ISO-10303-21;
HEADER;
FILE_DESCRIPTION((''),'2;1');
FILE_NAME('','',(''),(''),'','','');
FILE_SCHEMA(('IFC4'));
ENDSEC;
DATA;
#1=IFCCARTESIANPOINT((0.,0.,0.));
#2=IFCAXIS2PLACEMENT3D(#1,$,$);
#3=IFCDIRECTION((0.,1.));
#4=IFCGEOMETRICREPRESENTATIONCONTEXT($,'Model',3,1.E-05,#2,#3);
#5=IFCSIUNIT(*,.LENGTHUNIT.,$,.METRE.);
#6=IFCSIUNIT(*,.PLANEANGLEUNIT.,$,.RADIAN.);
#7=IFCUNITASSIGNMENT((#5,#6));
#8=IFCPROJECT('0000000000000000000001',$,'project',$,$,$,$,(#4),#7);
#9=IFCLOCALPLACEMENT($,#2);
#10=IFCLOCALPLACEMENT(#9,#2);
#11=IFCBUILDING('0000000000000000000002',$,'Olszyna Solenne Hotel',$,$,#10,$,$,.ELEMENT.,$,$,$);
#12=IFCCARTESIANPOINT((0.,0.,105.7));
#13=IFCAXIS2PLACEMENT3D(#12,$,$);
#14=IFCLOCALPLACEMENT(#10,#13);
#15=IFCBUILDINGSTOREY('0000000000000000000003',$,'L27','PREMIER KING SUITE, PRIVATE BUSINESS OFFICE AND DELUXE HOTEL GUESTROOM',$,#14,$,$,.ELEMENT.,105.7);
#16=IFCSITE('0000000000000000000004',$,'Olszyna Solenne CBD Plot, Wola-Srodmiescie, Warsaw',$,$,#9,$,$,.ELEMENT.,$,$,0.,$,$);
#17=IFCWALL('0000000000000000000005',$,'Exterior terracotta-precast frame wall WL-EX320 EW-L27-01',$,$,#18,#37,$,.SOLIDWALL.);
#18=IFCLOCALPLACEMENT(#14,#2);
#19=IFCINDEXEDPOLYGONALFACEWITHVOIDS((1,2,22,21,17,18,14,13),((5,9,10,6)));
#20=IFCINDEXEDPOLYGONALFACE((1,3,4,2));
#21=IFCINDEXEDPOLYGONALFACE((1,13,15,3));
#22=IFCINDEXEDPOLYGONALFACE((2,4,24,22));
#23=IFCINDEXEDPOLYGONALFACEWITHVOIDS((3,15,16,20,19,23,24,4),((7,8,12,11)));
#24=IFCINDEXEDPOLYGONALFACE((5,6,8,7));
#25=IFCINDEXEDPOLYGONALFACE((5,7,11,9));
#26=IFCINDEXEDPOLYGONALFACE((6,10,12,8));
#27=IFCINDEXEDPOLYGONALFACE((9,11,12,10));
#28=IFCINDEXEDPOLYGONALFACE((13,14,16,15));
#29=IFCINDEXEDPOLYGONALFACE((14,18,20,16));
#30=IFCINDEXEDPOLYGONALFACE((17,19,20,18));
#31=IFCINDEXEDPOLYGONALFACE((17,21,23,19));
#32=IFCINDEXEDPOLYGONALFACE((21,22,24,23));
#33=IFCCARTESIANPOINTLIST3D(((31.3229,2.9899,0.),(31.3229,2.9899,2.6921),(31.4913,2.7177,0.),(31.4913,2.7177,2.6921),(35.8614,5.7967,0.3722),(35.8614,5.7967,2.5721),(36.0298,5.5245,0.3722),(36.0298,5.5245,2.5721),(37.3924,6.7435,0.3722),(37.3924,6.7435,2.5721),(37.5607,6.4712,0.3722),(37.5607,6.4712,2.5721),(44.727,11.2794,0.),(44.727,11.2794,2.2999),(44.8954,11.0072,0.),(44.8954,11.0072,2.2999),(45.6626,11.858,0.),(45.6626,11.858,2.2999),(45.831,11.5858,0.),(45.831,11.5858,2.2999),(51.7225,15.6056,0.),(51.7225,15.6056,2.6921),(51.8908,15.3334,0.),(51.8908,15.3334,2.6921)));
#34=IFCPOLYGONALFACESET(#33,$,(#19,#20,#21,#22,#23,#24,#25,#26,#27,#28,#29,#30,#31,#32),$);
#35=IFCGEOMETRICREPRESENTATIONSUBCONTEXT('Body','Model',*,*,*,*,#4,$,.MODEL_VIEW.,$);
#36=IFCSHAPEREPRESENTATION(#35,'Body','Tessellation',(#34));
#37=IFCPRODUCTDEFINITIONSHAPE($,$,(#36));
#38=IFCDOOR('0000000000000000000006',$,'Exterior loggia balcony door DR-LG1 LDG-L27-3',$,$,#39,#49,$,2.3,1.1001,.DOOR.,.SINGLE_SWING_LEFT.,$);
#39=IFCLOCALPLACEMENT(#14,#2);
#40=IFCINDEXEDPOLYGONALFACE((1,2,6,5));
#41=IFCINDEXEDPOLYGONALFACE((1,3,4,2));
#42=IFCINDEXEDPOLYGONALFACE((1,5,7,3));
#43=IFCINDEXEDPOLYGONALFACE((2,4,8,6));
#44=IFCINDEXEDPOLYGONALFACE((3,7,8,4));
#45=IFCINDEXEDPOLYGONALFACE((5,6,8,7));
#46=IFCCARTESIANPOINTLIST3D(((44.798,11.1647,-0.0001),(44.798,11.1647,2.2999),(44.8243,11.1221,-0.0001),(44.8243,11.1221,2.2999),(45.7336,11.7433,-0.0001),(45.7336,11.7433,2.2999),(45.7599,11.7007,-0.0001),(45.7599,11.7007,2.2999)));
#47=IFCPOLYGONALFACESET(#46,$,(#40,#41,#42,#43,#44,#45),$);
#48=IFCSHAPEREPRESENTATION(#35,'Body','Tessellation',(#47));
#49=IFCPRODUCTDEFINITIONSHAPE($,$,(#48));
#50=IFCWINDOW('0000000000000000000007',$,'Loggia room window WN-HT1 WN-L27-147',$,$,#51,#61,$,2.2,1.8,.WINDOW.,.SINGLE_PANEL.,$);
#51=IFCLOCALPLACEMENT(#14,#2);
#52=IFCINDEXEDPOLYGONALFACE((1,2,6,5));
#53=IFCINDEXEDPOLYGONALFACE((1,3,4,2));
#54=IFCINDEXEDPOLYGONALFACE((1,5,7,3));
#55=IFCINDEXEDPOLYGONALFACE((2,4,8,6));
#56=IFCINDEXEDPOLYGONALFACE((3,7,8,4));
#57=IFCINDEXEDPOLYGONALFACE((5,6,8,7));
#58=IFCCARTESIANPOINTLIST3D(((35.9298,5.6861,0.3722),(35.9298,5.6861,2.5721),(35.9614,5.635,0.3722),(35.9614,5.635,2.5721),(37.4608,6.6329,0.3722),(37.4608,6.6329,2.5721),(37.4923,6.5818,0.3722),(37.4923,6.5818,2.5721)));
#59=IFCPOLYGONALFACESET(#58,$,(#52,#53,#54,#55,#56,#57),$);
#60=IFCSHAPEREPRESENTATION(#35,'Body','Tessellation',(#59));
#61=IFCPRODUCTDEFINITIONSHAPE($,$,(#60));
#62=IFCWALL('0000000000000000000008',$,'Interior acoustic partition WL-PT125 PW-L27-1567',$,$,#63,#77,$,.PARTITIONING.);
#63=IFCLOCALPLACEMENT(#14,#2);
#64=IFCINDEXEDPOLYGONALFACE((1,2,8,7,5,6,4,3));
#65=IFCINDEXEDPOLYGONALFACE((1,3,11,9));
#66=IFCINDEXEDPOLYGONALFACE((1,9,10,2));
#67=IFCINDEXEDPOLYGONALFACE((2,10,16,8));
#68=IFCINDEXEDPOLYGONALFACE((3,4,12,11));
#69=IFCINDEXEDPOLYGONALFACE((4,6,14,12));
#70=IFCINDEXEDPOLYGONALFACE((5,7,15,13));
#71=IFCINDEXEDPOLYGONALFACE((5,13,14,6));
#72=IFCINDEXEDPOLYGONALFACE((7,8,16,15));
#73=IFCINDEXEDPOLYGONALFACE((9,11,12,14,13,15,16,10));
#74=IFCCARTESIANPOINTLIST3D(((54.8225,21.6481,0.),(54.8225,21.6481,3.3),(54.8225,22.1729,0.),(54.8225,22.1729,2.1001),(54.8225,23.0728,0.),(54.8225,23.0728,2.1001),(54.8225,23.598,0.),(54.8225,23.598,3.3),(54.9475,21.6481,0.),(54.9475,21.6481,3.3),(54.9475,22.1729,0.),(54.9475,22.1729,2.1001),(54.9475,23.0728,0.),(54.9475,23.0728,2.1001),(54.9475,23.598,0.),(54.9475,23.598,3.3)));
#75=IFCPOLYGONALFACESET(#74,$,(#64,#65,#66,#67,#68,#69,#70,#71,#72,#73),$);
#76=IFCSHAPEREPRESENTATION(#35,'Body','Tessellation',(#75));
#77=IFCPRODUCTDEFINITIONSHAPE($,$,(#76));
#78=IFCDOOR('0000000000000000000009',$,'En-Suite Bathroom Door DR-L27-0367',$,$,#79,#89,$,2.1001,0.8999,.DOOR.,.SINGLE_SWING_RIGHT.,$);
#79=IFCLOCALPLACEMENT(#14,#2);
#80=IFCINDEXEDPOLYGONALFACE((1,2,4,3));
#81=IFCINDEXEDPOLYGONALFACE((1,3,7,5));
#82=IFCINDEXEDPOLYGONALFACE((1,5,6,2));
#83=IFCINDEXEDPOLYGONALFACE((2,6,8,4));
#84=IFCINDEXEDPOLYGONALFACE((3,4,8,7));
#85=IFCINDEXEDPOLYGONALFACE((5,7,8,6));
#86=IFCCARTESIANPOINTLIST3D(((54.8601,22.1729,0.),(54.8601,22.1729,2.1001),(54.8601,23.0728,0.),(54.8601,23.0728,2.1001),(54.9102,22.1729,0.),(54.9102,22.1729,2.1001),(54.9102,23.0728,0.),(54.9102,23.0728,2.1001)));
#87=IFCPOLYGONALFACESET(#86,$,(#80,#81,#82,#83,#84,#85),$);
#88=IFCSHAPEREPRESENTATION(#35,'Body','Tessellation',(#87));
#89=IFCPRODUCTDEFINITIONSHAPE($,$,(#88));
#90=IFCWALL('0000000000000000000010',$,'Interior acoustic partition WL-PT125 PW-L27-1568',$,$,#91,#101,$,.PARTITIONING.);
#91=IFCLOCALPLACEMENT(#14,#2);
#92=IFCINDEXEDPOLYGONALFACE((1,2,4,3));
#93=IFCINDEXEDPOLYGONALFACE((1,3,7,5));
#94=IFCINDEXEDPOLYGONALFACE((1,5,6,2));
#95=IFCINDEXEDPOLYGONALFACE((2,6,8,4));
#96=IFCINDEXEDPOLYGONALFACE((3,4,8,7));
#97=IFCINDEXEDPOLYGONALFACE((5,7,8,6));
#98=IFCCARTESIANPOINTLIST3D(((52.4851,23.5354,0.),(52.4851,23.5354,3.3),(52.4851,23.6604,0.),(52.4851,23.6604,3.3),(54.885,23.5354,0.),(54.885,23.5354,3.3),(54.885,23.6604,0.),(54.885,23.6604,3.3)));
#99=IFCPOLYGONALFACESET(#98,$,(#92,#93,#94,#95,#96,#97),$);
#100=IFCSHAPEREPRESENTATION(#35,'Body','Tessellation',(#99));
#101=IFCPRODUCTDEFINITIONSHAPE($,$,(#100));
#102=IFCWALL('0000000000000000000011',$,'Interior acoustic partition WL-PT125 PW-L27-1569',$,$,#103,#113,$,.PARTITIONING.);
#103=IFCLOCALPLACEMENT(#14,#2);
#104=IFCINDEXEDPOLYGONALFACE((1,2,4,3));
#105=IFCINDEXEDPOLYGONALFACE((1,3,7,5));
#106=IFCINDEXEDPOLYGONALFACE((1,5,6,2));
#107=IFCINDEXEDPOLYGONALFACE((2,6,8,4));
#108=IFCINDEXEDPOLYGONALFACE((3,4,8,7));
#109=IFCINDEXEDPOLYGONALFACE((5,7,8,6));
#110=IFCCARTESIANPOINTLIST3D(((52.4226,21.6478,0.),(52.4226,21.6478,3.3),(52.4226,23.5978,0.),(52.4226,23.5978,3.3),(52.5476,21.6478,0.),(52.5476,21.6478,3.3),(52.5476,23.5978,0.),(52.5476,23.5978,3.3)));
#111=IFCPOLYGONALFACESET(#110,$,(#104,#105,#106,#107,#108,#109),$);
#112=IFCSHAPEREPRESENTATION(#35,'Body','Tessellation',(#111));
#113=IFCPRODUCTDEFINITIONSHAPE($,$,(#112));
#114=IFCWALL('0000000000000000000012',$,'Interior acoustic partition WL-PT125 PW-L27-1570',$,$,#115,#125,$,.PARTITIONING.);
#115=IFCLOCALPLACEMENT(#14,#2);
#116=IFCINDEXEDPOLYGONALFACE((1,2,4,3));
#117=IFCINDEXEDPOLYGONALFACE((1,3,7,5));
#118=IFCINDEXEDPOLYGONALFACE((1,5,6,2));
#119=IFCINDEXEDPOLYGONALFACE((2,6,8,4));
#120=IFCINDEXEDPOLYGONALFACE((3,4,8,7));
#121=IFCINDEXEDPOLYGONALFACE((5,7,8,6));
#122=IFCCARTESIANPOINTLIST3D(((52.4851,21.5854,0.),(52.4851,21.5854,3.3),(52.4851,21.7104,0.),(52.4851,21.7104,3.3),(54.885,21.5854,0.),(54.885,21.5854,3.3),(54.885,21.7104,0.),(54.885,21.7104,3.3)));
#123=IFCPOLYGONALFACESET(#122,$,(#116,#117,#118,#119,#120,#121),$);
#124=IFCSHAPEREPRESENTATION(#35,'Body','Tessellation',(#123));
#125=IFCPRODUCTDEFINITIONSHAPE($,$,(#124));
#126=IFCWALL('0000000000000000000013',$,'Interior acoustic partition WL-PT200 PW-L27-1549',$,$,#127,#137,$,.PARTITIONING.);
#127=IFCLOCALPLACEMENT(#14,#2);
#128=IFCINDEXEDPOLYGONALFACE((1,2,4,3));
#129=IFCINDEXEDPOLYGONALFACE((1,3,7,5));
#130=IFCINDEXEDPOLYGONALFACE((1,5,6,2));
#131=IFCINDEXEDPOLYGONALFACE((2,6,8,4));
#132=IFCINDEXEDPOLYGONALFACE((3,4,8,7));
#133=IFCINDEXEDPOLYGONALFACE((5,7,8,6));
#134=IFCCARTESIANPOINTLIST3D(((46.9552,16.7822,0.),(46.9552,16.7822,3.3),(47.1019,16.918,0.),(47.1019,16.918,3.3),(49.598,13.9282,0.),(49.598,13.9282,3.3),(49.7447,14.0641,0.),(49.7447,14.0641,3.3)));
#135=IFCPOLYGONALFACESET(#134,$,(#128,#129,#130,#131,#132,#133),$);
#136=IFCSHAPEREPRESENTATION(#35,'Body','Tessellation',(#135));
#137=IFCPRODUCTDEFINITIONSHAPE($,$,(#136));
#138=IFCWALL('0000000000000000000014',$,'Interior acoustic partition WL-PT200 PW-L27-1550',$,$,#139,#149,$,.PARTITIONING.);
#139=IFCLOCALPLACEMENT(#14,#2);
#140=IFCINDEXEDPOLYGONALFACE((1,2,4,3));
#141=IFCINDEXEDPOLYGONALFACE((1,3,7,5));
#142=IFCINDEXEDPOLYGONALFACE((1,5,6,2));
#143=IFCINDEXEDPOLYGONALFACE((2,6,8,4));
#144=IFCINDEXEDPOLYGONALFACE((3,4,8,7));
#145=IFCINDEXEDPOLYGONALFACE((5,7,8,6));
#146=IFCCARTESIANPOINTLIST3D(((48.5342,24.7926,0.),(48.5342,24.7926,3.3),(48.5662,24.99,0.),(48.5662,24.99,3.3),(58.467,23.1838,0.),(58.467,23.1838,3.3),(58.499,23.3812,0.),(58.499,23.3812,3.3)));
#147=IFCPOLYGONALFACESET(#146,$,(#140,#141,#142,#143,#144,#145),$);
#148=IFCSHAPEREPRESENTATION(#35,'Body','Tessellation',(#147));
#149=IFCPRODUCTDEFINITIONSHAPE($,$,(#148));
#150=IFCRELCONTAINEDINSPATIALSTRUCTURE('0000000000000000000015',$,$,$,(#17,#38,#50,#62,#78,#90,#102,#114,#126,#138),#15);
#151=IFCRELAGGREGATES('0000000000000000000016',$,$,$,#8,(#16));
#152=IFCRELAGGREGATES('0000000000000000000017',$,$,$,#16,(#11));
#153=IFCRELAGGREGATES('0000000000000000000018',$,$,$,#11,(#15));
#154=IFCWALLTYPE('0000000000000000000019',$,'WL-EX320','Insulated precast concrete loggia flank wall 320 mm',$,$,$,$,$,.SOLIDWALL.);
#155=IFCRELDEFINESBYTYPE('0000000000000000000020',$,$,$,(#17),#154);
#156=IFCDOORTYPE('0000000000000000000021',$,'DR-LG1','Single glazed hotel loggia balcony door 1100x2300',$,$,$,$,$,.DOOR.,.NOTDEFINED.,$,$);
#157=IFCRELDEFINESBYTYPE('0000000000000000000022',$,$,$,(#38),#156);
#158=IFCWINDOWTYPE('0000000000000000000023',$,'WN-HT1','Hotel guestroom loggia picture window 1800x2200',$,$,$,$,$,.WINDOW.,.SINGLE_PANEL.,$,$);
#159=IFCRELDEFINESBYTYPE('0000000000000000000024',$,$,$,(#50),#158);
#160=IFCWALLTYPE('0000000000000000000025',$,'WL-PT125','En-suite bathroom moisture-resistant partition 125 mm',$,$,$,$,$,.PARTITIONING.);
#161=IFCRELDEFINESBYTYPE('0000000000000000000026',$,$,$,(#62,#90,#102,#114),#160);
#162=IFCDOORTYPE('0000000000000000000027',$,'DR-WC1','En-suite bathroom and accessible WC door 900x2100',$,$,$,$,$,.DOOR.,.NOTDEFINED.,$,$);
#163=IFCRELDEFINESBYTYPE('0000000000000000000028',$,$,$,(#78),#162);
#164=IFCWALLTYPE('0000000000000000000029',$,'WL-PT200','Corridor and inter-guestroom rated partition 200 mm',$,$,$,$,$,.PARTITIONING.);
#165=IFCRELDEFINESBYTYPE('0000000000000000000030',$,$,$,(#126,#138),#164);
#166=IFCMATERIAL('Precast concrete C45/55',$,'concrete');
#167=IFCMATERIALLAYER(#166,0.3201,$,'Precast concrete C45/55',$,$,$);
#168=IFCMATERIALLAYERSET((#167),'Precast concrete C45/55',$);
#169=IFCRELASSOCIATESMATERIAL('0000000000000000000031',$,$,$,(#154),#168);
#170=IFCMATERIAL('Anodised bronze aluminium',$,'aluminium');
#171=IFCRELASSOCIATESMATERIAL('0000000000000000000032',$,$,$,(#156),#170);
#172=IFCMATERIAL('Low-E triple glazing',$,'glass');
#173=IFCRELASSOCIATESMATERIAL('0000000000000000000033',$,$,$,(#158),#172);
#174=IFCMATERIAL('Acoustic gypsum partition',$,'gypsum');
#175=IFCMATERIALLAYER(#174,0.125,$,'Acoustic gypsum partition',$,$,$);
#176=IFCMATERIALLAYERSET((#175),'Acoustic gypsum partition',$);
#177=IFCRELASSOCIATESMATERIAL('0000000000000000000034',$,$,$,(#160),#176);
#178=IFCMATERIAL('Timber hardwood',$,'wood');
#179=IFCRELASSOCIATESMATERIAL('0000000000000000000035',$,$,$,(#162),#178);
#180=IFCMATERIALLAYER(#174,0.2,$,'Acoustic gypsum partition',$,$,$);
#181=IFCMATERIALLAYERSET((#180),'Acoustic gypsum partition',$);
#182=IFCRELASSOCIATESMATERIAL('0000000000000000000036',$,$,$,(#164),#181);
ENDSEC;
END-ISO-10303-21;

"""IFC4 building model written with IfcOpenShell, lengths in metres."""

from ifc_helpers import new_model, si_unit, direction, frame, frame_2d, origin, place, context, subcontext, project, spatial, rectangle, extrude, source, transform, mapped, material, layer, layer_set, type_object, type_shapes, element, fill, save


model = new_model("IFC4")

# Units and contexts
model_context = context("Model", 3, precision=1e-05, world=origin(), true_north=direction((0.0, 1.0)))
body_context = subcontext(model_context, "Body", "Model", "MODEL_VIEW")
ifc_project = project(units=[si_unit("LENGTHUNIT", "METRE"), si_unit("PLANEANGLEUNIT", "RADIAN")], contexts=[model_context])

# Site, building, storey
site_placement = place(None, origin())
site = spatial("IfcSite", under=ifc_project, at=site_placement, Name="Olszyna Solenne CBD Plot, Wola-Srodmiescie, Warsaw", CompositionType="ELEMENT", RefElevation=0.0)
building_placement = place(site_placement, origin())
building = spatial("IfcBuilding", under=site, at=building_placement, Name="Olszyna Solenne Hotel", CompositionType="ELEMENT")
storey_placement = place(building_placement, frame((0.0, 0.0, 105.7)))
storey = spatial("IfcBuildingStorey", under=building, at=storey_placement, Name="L27", Description="PREMIER KING SUITE, PRIVATE BUSINESS OFFICE AND DELUXE HOTEL GUESTROOM", CompositionType="ELEMENT", Elevation=105.7)

# Wall, openings, door, window
ifc_material_1 = material(Name="Precast concrete C45/55", Category="concrete")
ifc_layer_1 = layer(ifc_material_1, 0.3201, Name="Precast concrete C45/55")
ifc_layer_set_1 = layer_set([ifc_layer_1], Name="Precast concrete C45/55")
wall_type_1 = type_object("IfcWallType", Name="WL-EX320", Description="Insulated precast concrete loggia flank wall 320 mm", PredefinedType="SOLIDWALL", material=ifc_layer_set_1)
wall_1_placement = place(storey_placement, frame((51.8066, 15.4695, 0.0), z_axis=(0.0, 0.0, 1.0), x_axis=(-0.850501, -0.525974, 0.0)))
wall_1 = element("IfcWall", 1, at=wall_1_placement, inside=storey, type_object=wall_type_1, Name="Exterior terracotta-precast frame wall WL-EX320 EW-L27-01", PredefinedType="SOLIDWALL", context=body_context, shape_type="SweptSolid", body=[
    extrude(rectangle(XDim=23.9854, YDim=0.3201, at=frame_2d((11.9927, 0.0))), origin(), (0.0, 0.0, 1.0), 2.6921),
])
opening_1_placement = place(wall_1_placement, frame((7.125, 0.0, 0.0)))
opening_1 = element("IfcOpeningElement", 2, at=opening_1_placement, cuts=wall_1, PredefinedType="OPENING", context=body_context, shape_type="SweptSolid", body=[
    extrude(rectangle(XDim=1.1001, YDim=2.3, at=frame_2d((0.55, 1.1499))), frame((0.0, 0.1699, 0.0), z_axis=(0.0, -1.0, 0.0), x_axis=(1.0, 0.0, 0.0)), (0.0, 0.0, 1.0), 0.3401),
])
opening_2_placement = place(wall_1_placement, frame((16.8491, 0.0, 0.3721)))
opening_2 = element("IfcOpeningElement", 3, at=opening_2_placement, cuts=wall_1, PredefinedType="OPENING", context=body_context, shape_type="SweptSolid", body=[
    extrude(rectangle(XDim=1.8, YDim=2.2, at=frame_2d((0.8999, 1.1001))), frame((0.0, 0.1699, 0.0), z_axis=(0.0, -1.0, 0.0), x_axis=(1.0, 0.0, 0.0)), (0.0, 0.0, 1.0), 0.3401),
])
ifc_material_2 = material(Name="Anodised bronze aluminium", Category="aluminium")
door_type_1 = type_object("IfcDoorType", Name="DR-LG1", Description="Single glazed hotel loggia balcony door 1100x2300", OperationType="NOTDEFINED", PredefinedType="DOOR", material=ifc_material_2)
shared_shape_1 = source(origin(), body_context, "Body", "SweptSolid", [
    extrude(rectangle(XDim=1.1001, YDim=2.3, at=frame_2d((0.55, 1.1499))), frame((0.0, 0.0249, 0.0), z_axis=(0.0, -1.0, 0.0), x_axis=(1.0, 0.0, 0.0)), (0.0, 0.0, 1.0), 0.05),
])
type_shapes(door_type_1, [shared_shape_1])
door_1_placement = place(opening_1_placement, origin())
door_1 = element("IfcDoor", 4, at=door_1_placement, inside=storey, type_object=door_type_1, Name="Exterior loggia balcony door DR-LG1 LDG-L27-3", OperationType="SINGLE_SWING_LEFT", OverallHeight=2.3, OverallWidth=1.1001, PredefinedType="DOOR", context=body_context, shape_type="MappedRepresentation", body=[
    mapped(shared_shape_1, transform((0.0, 0.0, 0.0), x_axis=(1.0, 0.0, 0.0), y_axis=(0.0, 1.0, 0.0), z_axis=(0.0, 0.0, 1.0), scale=1.0)),
])
fill(opening_1, door_1)
ifc_material_3 = material(Name="Low-E triple glazing", Category="glass")
window_type = type_object("IfcWindowType", Name="WN-HT1", Description="Hotel guestroom loggia picture window 1800x2200", PartitioningType="SINGLE_PANEL", PredefinedType="WINDOW", material=ifc_material_3)
shared_shape_2 = source(origin(), body_context, "Body", "SweptSolid", [
    extrude(rectangle(XDim=1.8, YDim=2.2, at=frame_2d((0.8999, 1.1001))), frame((0.0, 0.03, 0.0), z_axis=(0.0, -1.0, 0.0), x_axis=(1.0, 0.0, 0.0)), (0.0, 0.0, 1.0), 0.0601),
])
type_shapes(window_type, [shared_shape_2])
window_placement = place(opening_2_placement, origin())
window = element("IfcWindow", 5, at=window_placement, inside=storey, type_object=window_type, Name="Loggia room window WN-HT1 WN-L27-147", OverallHeight=2.2, OverallWidth=1.8, PartitioningType="SINGLE_PANEL", PredefinedType="WINDOW", context=body_context, shape_type="MappedRepresentation", body=[
    mapped(shared_shape_2, transform((0.0, 0.0, 0.0), x_axis=(1.0, 0.0, 0.0), y_axis=(0.0, 1.0, 0.0), z_axis=(0.0, 0.0, 1.0), scale=1.0)),
])
fill(opening_2, window)

# Wall, opening, door
ifc_material_4 = material(Name="Acoustic gypsum partition", Category="gypsum")
ifc_layer_2 = layer(ifc_material_4, 0.125, Name="Acoustic gypsum partition")
ifc_layer_set_2 = layer_set([ifc_layer_2], Name="Acoustic gypsum partition")
wall_type_2 = type_object("IfcWallType", Name="WL-PT125", Description="En-suite bathroom moisture-resistant partition 125 mm", PredefinedType="PARTITIONING", material=ifc_layer_set_2)
wall_2_placement = place(storey_placement, frame((54.885, 21.6479, 0.0), z_axis=(0.0, 0.0, 1.0), x_axis=(0.0, 1.0, 0.0)))
wall_2 = element("IfcWall", 6, at=wall_2_placement, inside=storey, type_object=wall_type_2, Name="Interior acoustic partition WL-PT125 PW-L27-1567", PredefinedType="PARTITIONING", context=body_context, shape_type="SweptSolid", body=[
    extrude(rectangle(XDim=1.95, YDim=0.125, at=frame_2d((0.9751, 0.0))), origin(), (0.0, 0.0, 1.0), 3.3),
])
opening_3_placement = place(wall_2_placement, frame((0.5249, 0.0, 0.0)))
opening_3 = element("IfcOpeningElement", 7, at=opening_3_placement, cuts=wall_2, PredefinedType="OPENING", context=body_context, shape_type="SweptSolid", body=[
    extrude(rectangle(XDim=0.8999, YDim=2.1001, at=frame_2d((0.45, 1.05))), frame((0.0, 0.0725, 0.0), z_axis=(0.0, -1.0, 0.0), x_axis=(1.0, 0.0, 0.0)), (0.0, 0.0, 1.0), 0.145),
])
ifc_material_5 = material(Name="Timber hardwood", Category="wood")
door_type_2 = type_object("IfcDoorType", Name="DR-WC1", Description="En-suite bathroom and accessible WC door 900x2100", OperationType="NOTDEFINED", PredefinedType="DOOR", material=ifc_material_5)
shared_shape_3 = source(origin(), body_context, "Body", "SweptSolid", [
    extrude(rectangle(XDim=0.8999, YDim=2.1001, at=frame_2d((0.45, 1.05))), frame((0.0, 0.0249, 0.0), z_axis=(0.0, -1.0, 0.0), x_axis=(1.0, 0.0, 0.0)), (0.0, 0.0, 1.0), 0.05),
])
type_shapes(door_type_2, [shared_shape_3])
door_2_placement = place(opening_3_placement, origin())
door_2 = element("IfcDoor", 8, at=door_2_placement, inside=storey, type_object=door_type_2, Name="En-Suite Bathroom Door DR-L27-0367", OperationType="SINGLE_SWING_RIGHT", OverallHeight=2.1001, OverallWidth=0.8999, PredefinedType="DOOR", context=body_context, shape_type="MappedRepresentation", body=[
    mapped(shared_shape_3, transform((0.0, 0.0, 0.0), x_axis=(1.0, 0.0, 0.0), y_axis=(0.0, 1.0, 0.0), z_axis=(0.0, 0.0, 1.0), scale=1.0)),
])
fill(opening_3, door_2)

# Walls
wall_3_placement = place(storey_placement, frame((54.885, 23.5979, 0.0), z_axis=(0.0, 0.0, 1.0), x_axis=(-1.0, 0.0, 0.0)))
element("IfcWall", 9, at=wall_3_placement, inside=storey, type_object=wall_type_2, Name="Interior acoustic partition WL-PT125 PW-L27-1568", PredefinedType="PARTITIONING", context=body_context, shape_type="SweptSolid", body=[
    extrude(rectangle(XDim=2.3999, YDim=0.125, at=frame_2d((1.2, 0.0))), origin(), (0.0, 0.0, 1.0), 3.3),
])
wall_4_placement = place(storey_placement, frame((52.4851, 23.5979, 0.0), z_axis=(0.0, 0.0, 1.0), x_axis=(0.0, -1.0, 0.0)))
element("IfcWall", 10, at=wall_4_placement, inside=storey, type_object=wall_type_2, Name="Interior acoustic partition WL-PT125 PW-L27-1569", PredefinedType="PARTITIONING", context=body_context, shape_type="SweptSolid", body=[
    extrude(rectangle(XDim=1.95, YDim=0.125, at=frame_2d((0.9751, 0.0))), origin(), (0.0, 0.0, 1.0), 3.3),
])
wall_5_placement = place(storey_placement, frame((52.4851, 21.6479, 0.0), z_axis=(0.0, 0.0, 1.0), x_axis=(1.0, 0.0, 0.0)))
element("IfcWall", 11, at=wall_5_placement, inside=storey, type_object=wall_type_2, Name="Interior acoustic partition WL-PT125 PW-L27-1570", PredefinedType="PARTITIONING", context=body_context, shape_type="SweptSolid", body=[
    extrude(rectangle(XDim=2.3999, YDim=0.125, at=frame_2d((1.2, 0.0))), origin(), (0.0, 0.0, 1.0), 3.3),
])
ifc_layer_3 = layer(ifc_material_4, 0.2, Name="Acoustic gypsum partition")
ifc_layer_set_3 = layer_set([ifc_layer_3], Name="Acoustic gypsum partition")
wall_type_3 = type_object("IfcWallType", Name="WL-PT200", Description="Corridor and inter-guestroom rated partition 200 mm", PredefinedType="PARTITIONING", material=ifc_layer_set_3)
wall_6_placement = place(storey_placement, frame((47.0286, 16.8501, 0.0), z_axis=(0.0, 0.0, 1.0), x_axis=(0.679439, -0.733732, 0.0)))
element("IfcWall", 12, at=wall_6_placement, inside=storey, type_object=wall_type_3, Name="Interior acoustic partition WL-PT200 PW-L27-1549", PredefinedType="PARTITIONING", context=body_context, shape_type="SweptSolid", body=[
    extrude(rectangle(XDim=3.8896, YDim=0.2, at=frame_2d((1.9448, 0.0))), origin(), (0.0, 0.0, 1.0), 3.3),
])
wall_7_placement = place(storey_placement, frame((48.55, 24.8914, 0.0), z_axis=(0.0, 0.0, 1.0), x_axis=(0.987134, -0.159892, 0.0)))
element("IfcWall", 13, at=wall_7_placement, inside=storey, type_object=wall_type_3, Name="Interior acoustic partition WL-PT200 PW-L27-1550", PredefinedType="PARTITIONING", context=body_context, shape_type="SweptSolid", body=[
    extrude(rectangle(XDim=10.0623, YDim=0.2, at=frame_2d((5.0312, 0.0))), origin(), (0.0, 0.0, 1.0), 3.3),
])

save(model, "model.ifc")
